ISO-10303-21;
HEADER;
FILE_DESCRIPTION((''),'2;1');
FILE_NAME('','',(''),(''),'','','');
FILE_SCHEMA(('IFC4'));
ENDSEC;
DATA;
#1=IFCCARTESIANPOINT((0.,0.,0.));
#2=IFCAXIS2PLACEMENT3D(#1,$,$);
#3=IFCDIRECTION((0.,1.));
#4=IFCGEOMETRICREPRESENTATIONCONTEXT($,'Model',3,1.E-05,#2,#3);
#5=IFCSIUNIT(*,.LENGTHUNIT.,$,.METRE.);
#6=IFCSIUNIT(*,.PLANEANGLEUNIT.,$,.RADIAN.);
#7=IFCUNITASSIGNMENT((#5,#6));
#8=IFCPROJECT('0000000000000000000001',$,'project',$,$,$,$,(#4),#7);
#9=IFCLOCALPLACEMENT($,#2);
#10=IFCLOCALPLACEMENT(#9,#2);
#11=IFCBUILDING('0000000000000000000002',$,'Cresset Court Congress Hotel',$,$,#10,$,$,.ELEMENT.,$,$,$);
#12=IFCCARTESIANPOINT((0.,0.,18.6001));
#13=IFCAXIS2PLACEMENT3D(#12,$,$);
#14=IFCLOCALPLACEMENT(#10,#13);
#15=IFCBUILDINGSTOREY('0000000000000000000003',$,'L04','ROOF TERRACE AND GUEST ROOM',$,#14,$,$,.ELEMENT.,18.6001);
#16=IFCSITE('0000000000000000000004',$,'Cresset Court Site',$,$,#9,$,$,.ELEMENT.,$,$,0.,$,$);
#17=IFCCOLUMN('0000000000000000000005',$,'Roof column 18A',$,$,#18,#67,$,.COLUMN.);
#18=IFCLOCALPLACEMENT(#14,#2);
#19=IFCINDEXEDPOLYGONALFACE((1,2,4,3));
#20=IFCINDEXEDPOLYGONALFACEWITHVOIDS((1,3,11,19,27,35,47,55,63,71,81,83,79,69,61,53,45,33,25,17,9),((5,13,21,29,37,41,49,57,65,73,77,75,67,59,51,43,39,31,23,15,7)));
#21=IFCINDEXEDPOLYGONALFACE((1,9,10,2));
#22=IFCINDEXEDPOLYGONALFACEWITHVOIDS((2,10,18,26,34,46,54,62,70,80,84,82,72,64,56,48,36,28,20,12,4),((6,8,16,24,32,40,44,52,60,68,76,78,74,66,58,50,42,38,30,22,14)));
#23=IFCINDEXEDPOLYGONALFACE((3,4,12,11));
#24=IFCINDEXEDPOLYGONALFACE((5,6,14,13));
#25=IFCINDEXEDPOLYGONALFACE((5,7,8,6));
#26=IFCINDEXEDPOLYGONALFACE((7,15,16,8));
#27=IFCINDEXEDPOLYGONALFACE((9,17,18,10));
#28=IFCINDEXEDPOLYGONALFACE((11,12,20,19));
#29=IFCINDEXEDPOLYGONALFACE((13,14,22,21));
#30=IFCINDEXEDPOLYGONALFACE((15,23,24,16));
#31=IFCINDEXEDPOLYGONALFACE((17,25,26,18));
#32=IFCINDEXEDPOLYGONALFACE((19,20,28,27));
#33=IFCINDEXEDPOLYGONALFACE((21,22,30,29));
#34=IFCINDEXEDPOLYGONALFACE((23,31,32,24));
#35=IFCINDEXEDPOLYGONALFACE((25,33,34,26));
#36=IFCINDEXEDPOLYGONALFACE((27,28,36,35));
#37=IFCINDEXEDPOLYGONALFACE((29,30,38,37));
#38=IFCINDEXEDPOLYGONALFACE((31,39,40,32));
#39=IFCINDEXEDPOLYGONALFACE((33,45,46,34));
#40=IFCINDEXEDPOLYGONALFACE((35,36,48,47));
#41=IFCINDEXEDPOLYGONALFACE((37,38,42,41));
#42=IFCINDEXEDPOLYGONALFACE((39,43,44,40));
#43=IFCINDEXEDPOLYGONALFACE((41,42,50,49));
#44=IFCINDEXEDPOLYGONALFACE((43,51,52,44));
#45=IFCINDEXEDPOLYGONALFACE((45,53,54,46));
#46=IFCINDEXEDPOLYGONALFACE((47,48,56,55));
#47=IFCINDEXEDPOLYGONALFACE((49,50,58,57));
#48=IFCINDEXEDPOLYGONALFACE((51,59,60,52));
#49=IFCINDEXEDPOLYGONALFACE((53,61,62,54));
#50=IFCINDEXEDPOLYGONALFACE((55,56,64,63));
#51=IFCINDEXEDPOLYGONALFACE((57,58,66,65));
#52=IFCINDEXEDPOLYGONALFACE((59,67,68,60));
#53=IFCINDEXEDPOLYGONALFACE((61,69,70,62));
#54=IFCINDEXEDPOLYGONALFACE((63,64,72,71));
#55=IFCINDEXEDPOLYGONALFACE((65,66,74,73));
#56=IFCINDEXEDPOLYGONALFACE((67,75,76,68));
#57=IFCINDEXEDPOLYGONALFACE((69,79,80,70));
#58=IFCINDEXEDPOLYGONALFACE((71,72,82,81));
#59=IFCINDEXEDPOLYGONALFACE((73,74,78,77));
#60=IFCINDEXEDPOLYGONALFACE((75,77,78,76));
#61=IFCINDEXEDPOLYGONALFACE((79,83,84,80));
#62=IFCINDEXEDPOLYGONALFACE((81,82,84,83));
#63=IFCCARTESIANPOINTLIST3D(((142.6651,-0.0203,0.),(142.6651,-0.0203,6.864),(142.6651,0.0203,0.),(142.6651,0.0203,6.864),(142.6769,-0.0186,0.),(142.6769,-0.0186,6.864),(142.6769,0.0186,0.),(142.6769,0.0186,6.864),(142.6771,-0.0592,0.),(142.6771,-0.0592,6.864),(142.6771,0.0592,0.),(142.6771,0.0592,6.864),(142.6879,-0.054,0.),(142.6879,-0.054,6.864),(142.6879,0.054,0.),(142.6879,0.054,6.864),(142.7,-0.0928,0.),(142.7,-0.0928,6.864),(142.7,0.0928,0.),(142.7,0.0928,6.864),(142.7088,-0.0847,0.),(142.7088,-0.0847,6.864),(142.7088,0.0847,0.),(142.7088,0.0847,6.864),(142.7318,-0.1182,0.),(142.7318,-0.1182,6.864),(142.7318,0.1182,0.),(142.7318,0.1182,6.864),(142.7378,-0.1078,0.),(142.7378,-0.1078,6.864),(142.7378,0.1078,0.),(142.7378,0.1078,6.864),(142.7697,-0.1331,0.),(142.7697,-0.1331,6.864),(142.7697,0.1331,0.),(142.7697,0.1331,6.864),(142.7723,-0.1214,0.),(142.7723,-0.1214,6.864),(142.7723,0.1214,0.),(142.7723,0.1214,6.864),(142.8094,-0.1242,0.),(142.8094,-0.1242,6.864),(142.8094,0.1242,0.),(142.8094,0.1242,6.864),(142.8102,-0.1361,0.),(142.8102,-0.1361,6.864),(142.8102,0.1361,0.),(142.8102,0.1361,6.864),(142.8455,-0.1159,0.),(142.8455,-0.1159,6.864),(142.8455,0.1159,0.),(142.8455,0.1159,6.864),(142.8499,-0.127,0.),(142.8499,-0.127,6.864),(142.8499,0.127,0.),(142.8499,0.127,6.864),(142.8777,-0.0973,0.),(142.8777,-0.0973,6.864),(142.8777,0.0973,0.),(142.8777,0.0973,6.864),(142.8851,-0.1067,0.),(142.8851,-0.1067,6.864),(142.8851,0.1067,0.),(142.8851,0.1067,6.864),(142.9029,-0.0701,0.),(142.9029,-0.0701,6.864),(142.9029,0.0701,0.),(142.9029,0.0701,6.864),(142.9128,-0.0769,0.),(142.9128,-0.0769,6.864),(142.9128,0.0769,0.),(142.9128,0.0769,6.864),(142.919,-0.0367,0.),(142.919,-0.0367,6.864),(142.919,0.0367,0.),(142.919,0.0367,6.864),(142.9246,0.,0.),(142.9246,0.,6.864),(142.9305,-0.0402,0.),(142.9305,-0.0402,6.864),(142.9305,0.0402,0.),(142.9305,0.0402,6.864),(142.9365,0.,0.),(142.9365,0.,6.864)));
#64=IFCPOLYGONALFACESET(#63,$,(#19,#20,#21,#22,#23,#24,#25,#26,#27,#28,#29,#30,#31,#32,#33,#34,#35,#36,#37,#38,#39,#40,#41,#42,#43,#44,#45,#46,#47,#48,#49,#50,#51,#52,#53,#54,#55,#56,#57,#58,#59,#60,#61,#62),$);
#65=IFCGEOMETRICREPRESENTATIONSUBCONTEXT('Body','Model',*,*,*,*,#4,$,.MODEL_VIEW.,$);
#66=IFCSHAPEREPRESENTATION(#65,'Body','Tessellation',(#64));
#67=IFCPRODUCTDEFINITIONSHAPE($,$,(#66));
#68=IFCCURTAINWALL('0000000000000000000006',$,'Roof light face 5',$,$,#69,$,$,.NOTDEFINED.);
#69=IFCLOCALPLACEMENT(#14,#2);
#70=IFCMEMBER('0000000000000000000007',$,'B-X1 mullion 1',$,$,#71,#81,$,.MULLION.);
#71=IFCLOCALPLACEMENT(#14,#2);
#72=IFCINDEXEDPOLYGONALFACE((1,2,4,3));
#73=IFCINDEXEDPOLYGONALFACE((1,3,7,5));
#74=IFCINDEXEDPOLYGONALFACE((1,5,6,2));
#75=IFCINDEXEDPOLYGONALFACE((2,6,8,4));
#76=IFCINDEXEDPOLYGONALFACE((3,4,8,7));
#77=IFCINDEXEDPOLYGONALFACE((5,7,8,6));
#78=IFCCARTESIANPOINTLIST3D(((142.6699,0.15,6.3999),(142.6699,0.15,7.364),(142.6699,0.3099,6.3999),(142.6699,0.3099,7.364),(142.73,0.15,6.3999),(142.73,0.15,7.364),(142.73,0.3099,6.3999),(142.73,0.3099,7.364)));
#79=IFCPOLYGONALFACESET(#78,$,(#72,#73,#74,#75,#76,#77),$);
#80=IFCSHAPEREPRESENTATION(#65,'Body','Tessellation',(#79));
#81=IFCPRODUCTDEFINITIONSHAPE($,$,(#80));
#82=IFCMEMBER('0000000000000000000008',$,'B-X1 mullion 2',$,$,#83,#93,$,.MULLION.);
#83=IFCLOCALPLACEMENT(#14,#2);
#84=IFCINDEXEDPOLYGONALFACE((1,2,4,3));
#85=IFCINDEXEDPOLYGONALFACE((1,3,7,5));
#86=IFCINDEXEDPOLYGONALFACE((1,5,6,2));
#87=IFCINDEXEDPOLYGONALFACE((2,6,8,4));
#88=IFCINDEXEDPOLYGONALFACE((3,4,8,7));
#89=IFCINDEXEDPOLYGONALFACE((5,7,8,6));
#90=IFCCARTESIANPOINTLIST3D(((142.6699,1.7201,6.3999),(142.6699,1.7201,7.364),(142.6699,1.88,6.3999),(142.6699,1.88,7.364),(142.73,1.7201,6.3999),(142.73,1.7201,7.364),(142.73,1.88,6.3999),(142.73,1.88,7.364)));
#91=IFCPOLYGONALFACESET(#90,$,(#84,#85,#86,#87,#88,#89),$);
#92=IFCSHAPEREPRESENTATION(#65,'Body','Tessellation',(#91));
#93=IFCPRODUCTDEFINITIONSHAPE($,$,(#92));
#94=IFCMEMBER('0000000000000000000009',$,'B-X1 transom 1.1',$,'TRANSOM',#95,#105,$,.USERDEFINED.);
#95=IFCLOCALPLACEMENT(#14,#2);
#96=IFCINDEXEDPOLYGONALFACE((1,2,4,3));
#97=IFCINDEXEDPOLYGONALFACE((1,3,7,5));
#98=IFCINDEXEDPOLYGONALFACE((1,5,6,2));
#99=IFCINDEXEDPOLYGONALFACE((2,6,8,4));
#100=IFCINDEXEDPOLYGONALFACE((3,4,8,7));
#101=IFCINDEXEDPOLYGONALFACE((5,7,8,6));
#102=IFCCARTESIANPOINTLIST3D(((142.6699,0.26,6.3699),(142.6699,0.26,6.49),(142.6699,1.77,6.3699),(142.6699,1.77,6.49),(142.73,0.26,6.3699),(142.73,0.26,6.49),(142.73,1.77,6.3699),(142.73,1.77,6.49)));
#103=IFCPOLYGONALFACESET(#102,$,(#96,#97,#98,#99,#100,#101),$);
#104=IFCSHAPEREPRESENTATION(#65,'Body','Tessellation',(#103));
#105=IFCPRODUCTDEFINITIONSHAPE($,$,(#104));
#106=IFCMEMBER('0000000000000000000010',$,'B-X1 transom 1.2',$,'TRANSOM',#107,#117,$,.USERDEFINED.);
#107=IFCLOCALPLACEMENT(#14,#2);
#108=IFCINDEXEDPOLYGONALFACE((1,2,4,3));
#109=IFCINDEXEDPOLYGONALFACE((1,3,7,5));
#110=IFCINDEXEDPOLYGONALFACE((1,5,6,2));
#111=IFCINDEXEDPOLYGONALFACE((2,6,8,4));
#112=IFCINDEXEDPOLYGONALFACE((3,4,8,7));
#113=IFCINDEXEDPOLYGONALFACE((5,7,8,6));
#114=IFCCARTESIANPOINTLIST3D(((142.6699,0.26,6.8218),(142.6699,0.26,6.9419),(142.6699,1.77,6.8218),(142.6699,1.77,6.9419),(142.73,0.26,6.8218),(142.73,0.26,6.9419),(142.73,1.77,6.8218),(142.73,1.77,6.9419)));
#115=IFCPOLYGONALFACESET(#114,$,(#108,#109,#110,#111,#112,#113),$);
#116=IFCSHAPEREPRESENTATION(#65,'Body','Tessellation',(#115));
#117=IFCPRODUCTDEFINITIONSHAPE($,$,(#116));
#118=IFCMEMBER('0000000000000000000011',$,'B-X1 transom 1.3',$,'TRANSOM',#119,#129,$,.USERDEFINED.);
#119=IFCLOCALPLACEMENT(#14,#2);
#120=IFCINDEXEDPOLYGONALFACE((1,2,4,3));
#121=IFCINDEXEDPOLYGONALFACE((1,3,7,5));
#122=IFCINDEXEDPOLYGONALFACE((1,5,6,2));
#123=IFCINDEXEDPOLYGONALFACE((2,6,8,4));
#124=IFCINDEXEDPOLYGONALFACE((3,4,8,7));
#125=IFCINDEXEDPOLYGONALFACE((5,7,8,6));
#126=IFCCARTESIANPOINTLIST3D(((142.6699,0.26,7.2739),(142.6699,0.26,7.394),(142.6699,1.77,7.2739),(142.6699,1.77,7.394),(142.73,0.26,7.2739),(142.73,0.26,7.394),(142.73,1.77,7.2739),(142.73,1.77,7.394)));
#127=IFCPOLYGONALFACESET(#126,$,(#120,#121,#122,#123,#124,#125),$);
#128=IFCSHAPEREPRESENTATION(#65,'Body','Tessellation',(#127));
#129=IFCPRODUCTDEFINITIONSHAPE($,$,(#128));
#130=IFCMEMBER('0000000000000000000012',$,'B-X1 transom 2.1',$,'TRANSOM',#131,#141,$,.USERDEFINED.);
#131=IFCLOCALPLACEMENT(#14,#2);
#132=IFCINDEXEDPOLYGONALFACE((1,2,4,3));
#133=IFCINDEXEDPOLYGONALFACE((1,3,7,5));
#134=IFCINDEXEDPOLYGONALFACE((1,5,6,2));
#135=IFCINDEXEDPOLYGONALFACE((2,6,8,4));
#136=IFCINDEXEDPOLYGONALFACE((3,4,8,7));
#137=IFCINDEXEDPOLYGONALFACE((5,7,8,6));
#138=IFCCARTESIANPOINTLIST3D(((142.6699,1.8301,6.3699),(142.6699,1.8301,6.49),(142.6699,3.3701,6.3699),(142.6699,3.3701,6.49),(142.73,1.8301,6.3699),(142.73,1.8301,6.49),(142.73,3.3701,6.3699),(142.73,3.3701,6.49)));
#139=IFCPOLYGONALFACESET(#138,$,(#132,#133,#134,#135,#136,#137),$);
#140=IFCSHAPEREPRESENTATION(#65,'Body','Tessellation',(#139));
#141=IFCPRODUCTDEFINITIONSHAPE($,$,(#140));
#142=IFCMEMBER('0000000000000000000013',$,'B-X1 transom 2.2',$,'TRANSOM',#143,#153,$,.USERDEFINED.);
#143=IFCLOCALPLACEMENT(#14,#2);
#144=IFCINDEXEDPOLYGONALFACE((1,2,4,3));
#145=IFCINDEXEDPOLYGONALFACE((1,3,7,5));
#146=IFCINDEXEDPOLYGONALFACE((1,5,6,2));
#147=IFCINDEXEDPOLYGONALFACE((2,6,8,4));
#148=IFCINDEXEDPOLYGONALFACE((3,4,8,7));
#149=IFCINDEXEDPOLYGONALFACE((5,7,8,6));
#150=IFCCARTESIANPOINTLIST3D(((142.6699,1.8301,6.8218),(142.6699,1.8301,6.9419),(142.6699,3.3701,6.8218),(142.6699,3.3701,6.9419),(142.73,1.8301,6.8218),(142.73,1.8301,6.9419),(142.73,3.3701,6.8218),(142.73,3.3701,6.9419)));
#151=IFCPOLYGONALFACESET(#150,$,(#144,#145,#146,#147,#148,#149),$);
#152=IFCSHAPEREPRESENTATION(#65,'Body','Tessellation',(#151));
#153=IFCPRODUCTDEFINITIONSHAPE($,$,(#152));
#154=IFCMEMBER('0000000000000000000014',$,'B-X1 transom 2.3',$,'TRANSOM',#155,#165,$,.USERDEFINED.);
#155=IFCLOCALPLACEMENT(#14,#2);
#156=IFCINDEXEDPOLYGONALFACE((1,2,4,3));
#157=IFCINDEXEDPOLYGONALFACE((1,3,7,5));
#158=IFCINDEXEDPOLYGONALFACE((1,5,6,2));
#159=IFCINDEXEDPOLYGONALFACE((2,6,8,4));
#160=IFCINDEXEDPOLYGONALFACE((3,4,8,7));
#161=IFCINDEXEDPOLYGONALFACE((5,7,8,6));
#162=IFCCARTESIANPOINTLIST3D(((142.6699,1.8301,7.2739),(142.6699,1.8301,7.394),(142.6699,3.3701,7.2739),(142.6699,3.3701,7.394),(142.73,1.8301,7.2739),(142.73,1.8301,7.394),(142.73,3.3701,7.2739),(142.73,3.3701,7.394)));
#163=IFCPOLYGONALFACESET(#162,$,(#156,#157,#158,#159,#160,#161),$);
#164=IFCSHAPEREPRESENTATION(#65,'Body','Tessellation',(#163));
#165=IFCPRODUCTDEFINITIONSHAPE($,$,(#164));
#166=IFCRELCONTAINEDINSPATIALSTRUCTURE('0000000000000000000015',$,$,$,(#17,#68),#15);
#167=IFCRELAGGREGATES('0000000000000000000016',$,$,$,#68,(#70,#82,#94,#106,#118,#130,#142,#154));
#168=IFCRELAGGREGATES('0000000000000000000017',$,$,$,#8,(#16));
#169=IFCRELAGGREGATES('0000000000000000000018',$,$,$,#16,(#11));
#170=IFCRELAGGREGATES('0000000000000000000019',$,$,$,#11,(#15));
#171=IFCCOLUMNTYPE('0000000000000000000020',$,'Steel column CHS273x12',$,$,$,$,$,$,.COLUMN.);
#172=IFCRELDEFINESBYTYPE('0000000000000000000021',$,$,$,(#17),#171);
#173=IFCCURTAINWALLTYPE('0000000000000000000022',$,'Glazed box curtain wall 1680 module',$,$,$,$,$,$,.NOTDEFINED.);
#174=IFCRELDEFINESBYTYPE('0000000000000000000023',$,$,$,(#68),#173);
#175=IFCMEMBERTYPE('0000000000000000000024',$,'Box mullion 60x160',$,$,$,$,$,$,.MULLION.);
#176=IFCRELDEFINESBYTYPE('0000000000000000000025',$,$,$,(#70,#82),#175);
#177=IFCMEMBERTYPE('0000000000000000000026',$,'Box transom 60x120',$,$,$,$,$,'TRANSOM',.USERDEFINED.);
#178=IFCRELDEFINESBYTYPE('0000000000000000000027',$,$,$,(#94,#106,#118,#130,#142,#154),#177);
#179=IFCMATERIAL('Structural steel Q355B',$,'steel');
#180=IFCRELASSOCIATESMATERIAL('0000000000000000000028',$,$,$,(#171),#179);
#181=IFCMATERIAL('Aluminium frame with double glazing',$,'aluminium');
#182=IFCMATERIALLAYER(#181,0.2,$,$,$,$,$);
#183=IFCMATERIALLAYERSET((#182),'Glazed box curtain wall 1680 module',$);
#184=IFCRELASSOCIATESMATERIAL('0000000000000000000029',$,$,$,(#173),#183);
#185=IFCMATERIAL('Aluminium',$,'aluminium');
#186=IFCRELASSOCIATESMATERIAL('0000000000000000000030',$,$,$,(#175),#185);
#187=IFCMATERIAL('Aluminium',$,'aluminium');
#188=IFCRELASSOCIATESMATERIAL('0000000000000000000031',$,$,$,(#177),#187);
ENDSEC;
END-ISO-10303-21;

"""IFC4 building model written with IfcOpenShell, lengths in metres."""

from ifc_helpers import new_model, si_unit, direction, frame, origin, origin_2d, place, context, subcontext, project, spatial, rectangle, hollow_circle, extrude, material, layer, layer_set, material_profile, profile_set, type_object, element, aggregate, save


model = new_model("IFC4")

# Units and contexts
model_context = context("Model", 3, precision=1e-05, world=origin(), true_north=direction((0.0, 1.0)))
body_context = subcontext(model_context, "Body", "Model", "MODEL_VIEW")
ifc_project = project(units=[si_unit("LENGTHUNIT", "METRE"), si_unit("PLANEANGLEUNIT", "RADIAN")], contexts=[model_context])

# Site, building, storey
site_placement = place(None, origin())
site = spatial("IfcSite", under=ifc_project, at=site_placement, Name="Cresset Court Site", CompositionType="ELEMENT", RefElevation=0.0)
building_placement = place(site_placement, origin())
building = spatial("IfcBuilding", under=site, at=building_placement, Name="Cresset Court Congress Hotel", CompositionType="ELEMENT")
storey_placement = place(building_placement, frame((0.0, 0.0, 18.6001)))
storey = spatial("IfcBuildingStorey", under=building, at=storey_placement, Name="L04", Description="ROOF TERRACE AND GUEST ROOM", CompositionType="ELEMENT", Elevation=18.6001)

# Column
ifc_material_1 = material(Name="Structural steel Q355B", Category="steel")
ifc_material_profile_1 = material_profile(ifc_material_1, hollow_circle(Radius=0.1365, WallThickness=0.012, at=origin_2d()), Name="CHS273x12")
ifc_profile_set_1 = profile_set([ifc_material_profile_1], Name="Structural steel Q355B")
column_type = type_object("IfcColumnType", Name="Steel column CHS273x12", PredefinedType="COLUMN", material=ifc_profile_set_1)
column_placement = place(storey_placement, frame((142.8, 0.0, 0.0), z_axis=(0.0, 0.0, 1.0), x_axis=(1.0, 0.0, 0.0)))
element("IfcColumn", 1, at=column_placement, inside=storey, type_object=column_type, Name="Roof column 18A", PredefinedType="COLUMN", context=body_context, shape_type="SweptSolid", body=[
    extrude(hollow_circle(Radius=0.1365, WallThickness=0.012, at=origin_2d()), origin(), (0.0, 0.0, 1.0), 6.864),
])

# Curtain wall, members
ifc_material_2 = material(Name="Aluminium frame with double glazing", Category="aluminium")
ifc_layer_1 = layer(ifc_material_2, 0.2)
ifc_layer_set_1 = layer_set([ifc_layer_1], Name="Glazed box curtain wall 1680 module")
curtain_wall_type = type_object("IfcCurtainWallType", Name="Glazed box curtain wall 1680 module", PredefinedType="NOTDEFINED", material=ifc_layer_set_1)
curtain_wall_placement = place(storey_placement, origin())
curtain_wall = element("IfcCurtainWall", 2, at=curtain_wall_placement, inside=storey, type_object=curtain_wall_type, Name="Roof light face 5", PredefinedType="NOTDEFINED")
ifc_material_3 = material(Name="Aluminium", Category="aluminium")
ifc_material_profile_2 = material_profile(ifc_material_3, rectangle(XDim=0.0601, YDim=0.1599, at=origin_2d()), Name="Box mullion 60x160")
ifc_profile_set_2 = profile_set([ifc_material_profile_2], Name="Aluminium")
member_type_1 = type_object("IfcMemberType", Name="Box mullion 60x160", PredefinedType="MULLION", material=ifc_profile_set_2)
member_1_placement = place(storey_placement, frame((142.7, 0.23, 6.3999), z_axis=(0.0, 0.0, 1.0), x_axis=(-1.0, 0.0, 0.0)))
member_1 = element("IfcMember", 3, at=member_1_placement, type_object=member_type_1, Name="B-X1 mullion 1", PredefinedType="MULLION", context=body_context, shape_type="SweptSolid", body=[
    extrude(rectangle(XDim=0.0601, YDim=0.1599, at=origin_2d()), origin(), (0.0, 0.0, 1.0), 0.9641),
])
member_2_placement = place(storey_placement, frame((142.7, 1.8, 6.3999), z_axis=(0.0, 0.0, 1.0), x_axis=(-1.0, 0.0, 0.0)))
member_2 = element("IfcMember", 4, at=member_2_placement, type_object=member_type_1, Name="B-X1 mullion 2", PredefinedType="MULLION", context=body_context, shape_type="SweptSolid", body=[
    extrude(rectangle(XDim=0.0601, YDim=0.1599, at=origin_2d()), origin(), (0.0, 0.0, 1.0), 0.9641),
])
ifc_material_4 = material(Name="Aluminium", Category="aluminium")
ifc_material_profile_3 = material_profile(ifc_material_4, rectangle(XDim=0.0601, YDim=0.1201, at=origin_2d()), Name="Box transom 60x120")
ifc_profile_set_3 = profile_set([ifc_material_profile_3], Name="Aluminium")
member_type_2 = type_object("IfcMemberType", Name="Box transom 60x120", ElementType="TRANSOM", PredefinedType="USERDEFINED", material=ifc_profile_set_3)
member_3_placement = place(storey_placement, frame((142.7, 0.26, 6.4299), z_axis=(0.0, 1.0, 0.0), x_axis=(-1.0, 0.0, 0.0)))
member_3 = element("IfcMember", 5, at=member_3_placement, type_object=member_type_2, Name="B-X1 transom 1.1", ObjectType="TRANSOM", PredefinedType="USERDEFINED", context=body_context, shape_type="SweptSolid", body=[
    extrude(rectangle(XDim=0.0601, YDim=0.1201, at=origin_2d()), origin(), (0.0, 0.0, 1.0), 1.51),
])
member_4_placement = place(storey_placement, frame((142.7, 0.26, 6.8818), z_axis=(0.0, 1.0, 0.0), x_axis=(-1.0, 0.0, 0.0)))
member_4 = element("IfcMember", 6, at=member_4_placement, type_object=member_type_2, Name="B-X1 transom 1.2", ObjectType="TRANSOM", PredefinedType="USERDEFINED", context=body_context, shape_type="SweptSolid", body=[
    extrude(rectangle(XDim=0.0601, YDim=0.1201, at=origin_2d()), origin(), (0.0, 0.0, 1.0), 1.51),
])
member_5_placement = place(storey_placement, frame((142.7, 0.26, 7.334), z_axis=(0.0, 1.0, 0.0), x_axis=(-1.0, 0.0, 0.0)))
member_5 = element("IfcMember", 7, at=member_5_placement, type_object=member_type_2, Name="B-X1 transom 1.3", ObjectType="TRANSOM", PredefinedType="USERDEFINED", context=body_context, shape_type="SweptSolid", body=[
    extrude(rectangle(XDim=0.0601, YDim=0.1201, at=origin_2d()), origin(), (0.0, 0.0, 1.0), 1.51),
])
member_6_placement = place(storey_placement, frame((142.7, 1.8301, 6.4299), z_axis=(0.0, 1.0, 0.0), x_axis=(-1.0, 0.0, 0.0)))
member_6 = element("IfcMember", 8, at=member_6_placement, type_object=member_type_2, Name="B-X1 transom 2.1", ObjectType="TRANSOM", PredefinedType="USERDEFINED", context=body_context, shape_type="SweptSolid", body=[
    extrude(rectangle(XDim=0.0601, YDim=0.1201, at=origin_2d()), origin(), (0.0, 0.0, 1.0), 1.54),
])
member_7_placement = place(storey_placement, frame((142.7, 1.8301, 6.8818), z_axis=(0.0, 1.0, 0.0), x_axis=(-1.0, 0.0, 0.0)))
member_7 = element("IfcMember", 9, at=member_7_placement, type_object=member_type_2, Name="B-X1 transom 2.2", ObjectType="TRANSOM", PredefinedType="USERDEFINED", context=body_context, shape_type="SweptSolid", body=[
    extrude(rectangle(XDim=0.0601, YDim=0.1201, at=origin_2d()), origin(), (0.0, 0.0, 1.0), 1.54),
])
member_8_placement = place(storey_placement, frame((142.7, 1.8301, 7.334), z_axis=(0.0, 1.0, 0.0), x_axis=(-1.0, 0.0, 0.0)))
member_8 = element("IfcMember", 10, at=member_8_placement, type_object=member_type_2, Name="B-X1 transom 2.3", ObjectType="TRANSOM", PredefinedType="USERDEFINED", context=body_context, shape_type="SweptSolid", body=[
    extrude(rectangle(XDim=0.0601, YDim=0.1201, at=origin_2d()), origin(), (0.0, 0.0, 1.0), 1.54),
])

aggregate(curtain_wall, [member_1, member_2, member_3, member_4, member_5, member_6, member_7, member_8])

save(model, "model.ifc")
